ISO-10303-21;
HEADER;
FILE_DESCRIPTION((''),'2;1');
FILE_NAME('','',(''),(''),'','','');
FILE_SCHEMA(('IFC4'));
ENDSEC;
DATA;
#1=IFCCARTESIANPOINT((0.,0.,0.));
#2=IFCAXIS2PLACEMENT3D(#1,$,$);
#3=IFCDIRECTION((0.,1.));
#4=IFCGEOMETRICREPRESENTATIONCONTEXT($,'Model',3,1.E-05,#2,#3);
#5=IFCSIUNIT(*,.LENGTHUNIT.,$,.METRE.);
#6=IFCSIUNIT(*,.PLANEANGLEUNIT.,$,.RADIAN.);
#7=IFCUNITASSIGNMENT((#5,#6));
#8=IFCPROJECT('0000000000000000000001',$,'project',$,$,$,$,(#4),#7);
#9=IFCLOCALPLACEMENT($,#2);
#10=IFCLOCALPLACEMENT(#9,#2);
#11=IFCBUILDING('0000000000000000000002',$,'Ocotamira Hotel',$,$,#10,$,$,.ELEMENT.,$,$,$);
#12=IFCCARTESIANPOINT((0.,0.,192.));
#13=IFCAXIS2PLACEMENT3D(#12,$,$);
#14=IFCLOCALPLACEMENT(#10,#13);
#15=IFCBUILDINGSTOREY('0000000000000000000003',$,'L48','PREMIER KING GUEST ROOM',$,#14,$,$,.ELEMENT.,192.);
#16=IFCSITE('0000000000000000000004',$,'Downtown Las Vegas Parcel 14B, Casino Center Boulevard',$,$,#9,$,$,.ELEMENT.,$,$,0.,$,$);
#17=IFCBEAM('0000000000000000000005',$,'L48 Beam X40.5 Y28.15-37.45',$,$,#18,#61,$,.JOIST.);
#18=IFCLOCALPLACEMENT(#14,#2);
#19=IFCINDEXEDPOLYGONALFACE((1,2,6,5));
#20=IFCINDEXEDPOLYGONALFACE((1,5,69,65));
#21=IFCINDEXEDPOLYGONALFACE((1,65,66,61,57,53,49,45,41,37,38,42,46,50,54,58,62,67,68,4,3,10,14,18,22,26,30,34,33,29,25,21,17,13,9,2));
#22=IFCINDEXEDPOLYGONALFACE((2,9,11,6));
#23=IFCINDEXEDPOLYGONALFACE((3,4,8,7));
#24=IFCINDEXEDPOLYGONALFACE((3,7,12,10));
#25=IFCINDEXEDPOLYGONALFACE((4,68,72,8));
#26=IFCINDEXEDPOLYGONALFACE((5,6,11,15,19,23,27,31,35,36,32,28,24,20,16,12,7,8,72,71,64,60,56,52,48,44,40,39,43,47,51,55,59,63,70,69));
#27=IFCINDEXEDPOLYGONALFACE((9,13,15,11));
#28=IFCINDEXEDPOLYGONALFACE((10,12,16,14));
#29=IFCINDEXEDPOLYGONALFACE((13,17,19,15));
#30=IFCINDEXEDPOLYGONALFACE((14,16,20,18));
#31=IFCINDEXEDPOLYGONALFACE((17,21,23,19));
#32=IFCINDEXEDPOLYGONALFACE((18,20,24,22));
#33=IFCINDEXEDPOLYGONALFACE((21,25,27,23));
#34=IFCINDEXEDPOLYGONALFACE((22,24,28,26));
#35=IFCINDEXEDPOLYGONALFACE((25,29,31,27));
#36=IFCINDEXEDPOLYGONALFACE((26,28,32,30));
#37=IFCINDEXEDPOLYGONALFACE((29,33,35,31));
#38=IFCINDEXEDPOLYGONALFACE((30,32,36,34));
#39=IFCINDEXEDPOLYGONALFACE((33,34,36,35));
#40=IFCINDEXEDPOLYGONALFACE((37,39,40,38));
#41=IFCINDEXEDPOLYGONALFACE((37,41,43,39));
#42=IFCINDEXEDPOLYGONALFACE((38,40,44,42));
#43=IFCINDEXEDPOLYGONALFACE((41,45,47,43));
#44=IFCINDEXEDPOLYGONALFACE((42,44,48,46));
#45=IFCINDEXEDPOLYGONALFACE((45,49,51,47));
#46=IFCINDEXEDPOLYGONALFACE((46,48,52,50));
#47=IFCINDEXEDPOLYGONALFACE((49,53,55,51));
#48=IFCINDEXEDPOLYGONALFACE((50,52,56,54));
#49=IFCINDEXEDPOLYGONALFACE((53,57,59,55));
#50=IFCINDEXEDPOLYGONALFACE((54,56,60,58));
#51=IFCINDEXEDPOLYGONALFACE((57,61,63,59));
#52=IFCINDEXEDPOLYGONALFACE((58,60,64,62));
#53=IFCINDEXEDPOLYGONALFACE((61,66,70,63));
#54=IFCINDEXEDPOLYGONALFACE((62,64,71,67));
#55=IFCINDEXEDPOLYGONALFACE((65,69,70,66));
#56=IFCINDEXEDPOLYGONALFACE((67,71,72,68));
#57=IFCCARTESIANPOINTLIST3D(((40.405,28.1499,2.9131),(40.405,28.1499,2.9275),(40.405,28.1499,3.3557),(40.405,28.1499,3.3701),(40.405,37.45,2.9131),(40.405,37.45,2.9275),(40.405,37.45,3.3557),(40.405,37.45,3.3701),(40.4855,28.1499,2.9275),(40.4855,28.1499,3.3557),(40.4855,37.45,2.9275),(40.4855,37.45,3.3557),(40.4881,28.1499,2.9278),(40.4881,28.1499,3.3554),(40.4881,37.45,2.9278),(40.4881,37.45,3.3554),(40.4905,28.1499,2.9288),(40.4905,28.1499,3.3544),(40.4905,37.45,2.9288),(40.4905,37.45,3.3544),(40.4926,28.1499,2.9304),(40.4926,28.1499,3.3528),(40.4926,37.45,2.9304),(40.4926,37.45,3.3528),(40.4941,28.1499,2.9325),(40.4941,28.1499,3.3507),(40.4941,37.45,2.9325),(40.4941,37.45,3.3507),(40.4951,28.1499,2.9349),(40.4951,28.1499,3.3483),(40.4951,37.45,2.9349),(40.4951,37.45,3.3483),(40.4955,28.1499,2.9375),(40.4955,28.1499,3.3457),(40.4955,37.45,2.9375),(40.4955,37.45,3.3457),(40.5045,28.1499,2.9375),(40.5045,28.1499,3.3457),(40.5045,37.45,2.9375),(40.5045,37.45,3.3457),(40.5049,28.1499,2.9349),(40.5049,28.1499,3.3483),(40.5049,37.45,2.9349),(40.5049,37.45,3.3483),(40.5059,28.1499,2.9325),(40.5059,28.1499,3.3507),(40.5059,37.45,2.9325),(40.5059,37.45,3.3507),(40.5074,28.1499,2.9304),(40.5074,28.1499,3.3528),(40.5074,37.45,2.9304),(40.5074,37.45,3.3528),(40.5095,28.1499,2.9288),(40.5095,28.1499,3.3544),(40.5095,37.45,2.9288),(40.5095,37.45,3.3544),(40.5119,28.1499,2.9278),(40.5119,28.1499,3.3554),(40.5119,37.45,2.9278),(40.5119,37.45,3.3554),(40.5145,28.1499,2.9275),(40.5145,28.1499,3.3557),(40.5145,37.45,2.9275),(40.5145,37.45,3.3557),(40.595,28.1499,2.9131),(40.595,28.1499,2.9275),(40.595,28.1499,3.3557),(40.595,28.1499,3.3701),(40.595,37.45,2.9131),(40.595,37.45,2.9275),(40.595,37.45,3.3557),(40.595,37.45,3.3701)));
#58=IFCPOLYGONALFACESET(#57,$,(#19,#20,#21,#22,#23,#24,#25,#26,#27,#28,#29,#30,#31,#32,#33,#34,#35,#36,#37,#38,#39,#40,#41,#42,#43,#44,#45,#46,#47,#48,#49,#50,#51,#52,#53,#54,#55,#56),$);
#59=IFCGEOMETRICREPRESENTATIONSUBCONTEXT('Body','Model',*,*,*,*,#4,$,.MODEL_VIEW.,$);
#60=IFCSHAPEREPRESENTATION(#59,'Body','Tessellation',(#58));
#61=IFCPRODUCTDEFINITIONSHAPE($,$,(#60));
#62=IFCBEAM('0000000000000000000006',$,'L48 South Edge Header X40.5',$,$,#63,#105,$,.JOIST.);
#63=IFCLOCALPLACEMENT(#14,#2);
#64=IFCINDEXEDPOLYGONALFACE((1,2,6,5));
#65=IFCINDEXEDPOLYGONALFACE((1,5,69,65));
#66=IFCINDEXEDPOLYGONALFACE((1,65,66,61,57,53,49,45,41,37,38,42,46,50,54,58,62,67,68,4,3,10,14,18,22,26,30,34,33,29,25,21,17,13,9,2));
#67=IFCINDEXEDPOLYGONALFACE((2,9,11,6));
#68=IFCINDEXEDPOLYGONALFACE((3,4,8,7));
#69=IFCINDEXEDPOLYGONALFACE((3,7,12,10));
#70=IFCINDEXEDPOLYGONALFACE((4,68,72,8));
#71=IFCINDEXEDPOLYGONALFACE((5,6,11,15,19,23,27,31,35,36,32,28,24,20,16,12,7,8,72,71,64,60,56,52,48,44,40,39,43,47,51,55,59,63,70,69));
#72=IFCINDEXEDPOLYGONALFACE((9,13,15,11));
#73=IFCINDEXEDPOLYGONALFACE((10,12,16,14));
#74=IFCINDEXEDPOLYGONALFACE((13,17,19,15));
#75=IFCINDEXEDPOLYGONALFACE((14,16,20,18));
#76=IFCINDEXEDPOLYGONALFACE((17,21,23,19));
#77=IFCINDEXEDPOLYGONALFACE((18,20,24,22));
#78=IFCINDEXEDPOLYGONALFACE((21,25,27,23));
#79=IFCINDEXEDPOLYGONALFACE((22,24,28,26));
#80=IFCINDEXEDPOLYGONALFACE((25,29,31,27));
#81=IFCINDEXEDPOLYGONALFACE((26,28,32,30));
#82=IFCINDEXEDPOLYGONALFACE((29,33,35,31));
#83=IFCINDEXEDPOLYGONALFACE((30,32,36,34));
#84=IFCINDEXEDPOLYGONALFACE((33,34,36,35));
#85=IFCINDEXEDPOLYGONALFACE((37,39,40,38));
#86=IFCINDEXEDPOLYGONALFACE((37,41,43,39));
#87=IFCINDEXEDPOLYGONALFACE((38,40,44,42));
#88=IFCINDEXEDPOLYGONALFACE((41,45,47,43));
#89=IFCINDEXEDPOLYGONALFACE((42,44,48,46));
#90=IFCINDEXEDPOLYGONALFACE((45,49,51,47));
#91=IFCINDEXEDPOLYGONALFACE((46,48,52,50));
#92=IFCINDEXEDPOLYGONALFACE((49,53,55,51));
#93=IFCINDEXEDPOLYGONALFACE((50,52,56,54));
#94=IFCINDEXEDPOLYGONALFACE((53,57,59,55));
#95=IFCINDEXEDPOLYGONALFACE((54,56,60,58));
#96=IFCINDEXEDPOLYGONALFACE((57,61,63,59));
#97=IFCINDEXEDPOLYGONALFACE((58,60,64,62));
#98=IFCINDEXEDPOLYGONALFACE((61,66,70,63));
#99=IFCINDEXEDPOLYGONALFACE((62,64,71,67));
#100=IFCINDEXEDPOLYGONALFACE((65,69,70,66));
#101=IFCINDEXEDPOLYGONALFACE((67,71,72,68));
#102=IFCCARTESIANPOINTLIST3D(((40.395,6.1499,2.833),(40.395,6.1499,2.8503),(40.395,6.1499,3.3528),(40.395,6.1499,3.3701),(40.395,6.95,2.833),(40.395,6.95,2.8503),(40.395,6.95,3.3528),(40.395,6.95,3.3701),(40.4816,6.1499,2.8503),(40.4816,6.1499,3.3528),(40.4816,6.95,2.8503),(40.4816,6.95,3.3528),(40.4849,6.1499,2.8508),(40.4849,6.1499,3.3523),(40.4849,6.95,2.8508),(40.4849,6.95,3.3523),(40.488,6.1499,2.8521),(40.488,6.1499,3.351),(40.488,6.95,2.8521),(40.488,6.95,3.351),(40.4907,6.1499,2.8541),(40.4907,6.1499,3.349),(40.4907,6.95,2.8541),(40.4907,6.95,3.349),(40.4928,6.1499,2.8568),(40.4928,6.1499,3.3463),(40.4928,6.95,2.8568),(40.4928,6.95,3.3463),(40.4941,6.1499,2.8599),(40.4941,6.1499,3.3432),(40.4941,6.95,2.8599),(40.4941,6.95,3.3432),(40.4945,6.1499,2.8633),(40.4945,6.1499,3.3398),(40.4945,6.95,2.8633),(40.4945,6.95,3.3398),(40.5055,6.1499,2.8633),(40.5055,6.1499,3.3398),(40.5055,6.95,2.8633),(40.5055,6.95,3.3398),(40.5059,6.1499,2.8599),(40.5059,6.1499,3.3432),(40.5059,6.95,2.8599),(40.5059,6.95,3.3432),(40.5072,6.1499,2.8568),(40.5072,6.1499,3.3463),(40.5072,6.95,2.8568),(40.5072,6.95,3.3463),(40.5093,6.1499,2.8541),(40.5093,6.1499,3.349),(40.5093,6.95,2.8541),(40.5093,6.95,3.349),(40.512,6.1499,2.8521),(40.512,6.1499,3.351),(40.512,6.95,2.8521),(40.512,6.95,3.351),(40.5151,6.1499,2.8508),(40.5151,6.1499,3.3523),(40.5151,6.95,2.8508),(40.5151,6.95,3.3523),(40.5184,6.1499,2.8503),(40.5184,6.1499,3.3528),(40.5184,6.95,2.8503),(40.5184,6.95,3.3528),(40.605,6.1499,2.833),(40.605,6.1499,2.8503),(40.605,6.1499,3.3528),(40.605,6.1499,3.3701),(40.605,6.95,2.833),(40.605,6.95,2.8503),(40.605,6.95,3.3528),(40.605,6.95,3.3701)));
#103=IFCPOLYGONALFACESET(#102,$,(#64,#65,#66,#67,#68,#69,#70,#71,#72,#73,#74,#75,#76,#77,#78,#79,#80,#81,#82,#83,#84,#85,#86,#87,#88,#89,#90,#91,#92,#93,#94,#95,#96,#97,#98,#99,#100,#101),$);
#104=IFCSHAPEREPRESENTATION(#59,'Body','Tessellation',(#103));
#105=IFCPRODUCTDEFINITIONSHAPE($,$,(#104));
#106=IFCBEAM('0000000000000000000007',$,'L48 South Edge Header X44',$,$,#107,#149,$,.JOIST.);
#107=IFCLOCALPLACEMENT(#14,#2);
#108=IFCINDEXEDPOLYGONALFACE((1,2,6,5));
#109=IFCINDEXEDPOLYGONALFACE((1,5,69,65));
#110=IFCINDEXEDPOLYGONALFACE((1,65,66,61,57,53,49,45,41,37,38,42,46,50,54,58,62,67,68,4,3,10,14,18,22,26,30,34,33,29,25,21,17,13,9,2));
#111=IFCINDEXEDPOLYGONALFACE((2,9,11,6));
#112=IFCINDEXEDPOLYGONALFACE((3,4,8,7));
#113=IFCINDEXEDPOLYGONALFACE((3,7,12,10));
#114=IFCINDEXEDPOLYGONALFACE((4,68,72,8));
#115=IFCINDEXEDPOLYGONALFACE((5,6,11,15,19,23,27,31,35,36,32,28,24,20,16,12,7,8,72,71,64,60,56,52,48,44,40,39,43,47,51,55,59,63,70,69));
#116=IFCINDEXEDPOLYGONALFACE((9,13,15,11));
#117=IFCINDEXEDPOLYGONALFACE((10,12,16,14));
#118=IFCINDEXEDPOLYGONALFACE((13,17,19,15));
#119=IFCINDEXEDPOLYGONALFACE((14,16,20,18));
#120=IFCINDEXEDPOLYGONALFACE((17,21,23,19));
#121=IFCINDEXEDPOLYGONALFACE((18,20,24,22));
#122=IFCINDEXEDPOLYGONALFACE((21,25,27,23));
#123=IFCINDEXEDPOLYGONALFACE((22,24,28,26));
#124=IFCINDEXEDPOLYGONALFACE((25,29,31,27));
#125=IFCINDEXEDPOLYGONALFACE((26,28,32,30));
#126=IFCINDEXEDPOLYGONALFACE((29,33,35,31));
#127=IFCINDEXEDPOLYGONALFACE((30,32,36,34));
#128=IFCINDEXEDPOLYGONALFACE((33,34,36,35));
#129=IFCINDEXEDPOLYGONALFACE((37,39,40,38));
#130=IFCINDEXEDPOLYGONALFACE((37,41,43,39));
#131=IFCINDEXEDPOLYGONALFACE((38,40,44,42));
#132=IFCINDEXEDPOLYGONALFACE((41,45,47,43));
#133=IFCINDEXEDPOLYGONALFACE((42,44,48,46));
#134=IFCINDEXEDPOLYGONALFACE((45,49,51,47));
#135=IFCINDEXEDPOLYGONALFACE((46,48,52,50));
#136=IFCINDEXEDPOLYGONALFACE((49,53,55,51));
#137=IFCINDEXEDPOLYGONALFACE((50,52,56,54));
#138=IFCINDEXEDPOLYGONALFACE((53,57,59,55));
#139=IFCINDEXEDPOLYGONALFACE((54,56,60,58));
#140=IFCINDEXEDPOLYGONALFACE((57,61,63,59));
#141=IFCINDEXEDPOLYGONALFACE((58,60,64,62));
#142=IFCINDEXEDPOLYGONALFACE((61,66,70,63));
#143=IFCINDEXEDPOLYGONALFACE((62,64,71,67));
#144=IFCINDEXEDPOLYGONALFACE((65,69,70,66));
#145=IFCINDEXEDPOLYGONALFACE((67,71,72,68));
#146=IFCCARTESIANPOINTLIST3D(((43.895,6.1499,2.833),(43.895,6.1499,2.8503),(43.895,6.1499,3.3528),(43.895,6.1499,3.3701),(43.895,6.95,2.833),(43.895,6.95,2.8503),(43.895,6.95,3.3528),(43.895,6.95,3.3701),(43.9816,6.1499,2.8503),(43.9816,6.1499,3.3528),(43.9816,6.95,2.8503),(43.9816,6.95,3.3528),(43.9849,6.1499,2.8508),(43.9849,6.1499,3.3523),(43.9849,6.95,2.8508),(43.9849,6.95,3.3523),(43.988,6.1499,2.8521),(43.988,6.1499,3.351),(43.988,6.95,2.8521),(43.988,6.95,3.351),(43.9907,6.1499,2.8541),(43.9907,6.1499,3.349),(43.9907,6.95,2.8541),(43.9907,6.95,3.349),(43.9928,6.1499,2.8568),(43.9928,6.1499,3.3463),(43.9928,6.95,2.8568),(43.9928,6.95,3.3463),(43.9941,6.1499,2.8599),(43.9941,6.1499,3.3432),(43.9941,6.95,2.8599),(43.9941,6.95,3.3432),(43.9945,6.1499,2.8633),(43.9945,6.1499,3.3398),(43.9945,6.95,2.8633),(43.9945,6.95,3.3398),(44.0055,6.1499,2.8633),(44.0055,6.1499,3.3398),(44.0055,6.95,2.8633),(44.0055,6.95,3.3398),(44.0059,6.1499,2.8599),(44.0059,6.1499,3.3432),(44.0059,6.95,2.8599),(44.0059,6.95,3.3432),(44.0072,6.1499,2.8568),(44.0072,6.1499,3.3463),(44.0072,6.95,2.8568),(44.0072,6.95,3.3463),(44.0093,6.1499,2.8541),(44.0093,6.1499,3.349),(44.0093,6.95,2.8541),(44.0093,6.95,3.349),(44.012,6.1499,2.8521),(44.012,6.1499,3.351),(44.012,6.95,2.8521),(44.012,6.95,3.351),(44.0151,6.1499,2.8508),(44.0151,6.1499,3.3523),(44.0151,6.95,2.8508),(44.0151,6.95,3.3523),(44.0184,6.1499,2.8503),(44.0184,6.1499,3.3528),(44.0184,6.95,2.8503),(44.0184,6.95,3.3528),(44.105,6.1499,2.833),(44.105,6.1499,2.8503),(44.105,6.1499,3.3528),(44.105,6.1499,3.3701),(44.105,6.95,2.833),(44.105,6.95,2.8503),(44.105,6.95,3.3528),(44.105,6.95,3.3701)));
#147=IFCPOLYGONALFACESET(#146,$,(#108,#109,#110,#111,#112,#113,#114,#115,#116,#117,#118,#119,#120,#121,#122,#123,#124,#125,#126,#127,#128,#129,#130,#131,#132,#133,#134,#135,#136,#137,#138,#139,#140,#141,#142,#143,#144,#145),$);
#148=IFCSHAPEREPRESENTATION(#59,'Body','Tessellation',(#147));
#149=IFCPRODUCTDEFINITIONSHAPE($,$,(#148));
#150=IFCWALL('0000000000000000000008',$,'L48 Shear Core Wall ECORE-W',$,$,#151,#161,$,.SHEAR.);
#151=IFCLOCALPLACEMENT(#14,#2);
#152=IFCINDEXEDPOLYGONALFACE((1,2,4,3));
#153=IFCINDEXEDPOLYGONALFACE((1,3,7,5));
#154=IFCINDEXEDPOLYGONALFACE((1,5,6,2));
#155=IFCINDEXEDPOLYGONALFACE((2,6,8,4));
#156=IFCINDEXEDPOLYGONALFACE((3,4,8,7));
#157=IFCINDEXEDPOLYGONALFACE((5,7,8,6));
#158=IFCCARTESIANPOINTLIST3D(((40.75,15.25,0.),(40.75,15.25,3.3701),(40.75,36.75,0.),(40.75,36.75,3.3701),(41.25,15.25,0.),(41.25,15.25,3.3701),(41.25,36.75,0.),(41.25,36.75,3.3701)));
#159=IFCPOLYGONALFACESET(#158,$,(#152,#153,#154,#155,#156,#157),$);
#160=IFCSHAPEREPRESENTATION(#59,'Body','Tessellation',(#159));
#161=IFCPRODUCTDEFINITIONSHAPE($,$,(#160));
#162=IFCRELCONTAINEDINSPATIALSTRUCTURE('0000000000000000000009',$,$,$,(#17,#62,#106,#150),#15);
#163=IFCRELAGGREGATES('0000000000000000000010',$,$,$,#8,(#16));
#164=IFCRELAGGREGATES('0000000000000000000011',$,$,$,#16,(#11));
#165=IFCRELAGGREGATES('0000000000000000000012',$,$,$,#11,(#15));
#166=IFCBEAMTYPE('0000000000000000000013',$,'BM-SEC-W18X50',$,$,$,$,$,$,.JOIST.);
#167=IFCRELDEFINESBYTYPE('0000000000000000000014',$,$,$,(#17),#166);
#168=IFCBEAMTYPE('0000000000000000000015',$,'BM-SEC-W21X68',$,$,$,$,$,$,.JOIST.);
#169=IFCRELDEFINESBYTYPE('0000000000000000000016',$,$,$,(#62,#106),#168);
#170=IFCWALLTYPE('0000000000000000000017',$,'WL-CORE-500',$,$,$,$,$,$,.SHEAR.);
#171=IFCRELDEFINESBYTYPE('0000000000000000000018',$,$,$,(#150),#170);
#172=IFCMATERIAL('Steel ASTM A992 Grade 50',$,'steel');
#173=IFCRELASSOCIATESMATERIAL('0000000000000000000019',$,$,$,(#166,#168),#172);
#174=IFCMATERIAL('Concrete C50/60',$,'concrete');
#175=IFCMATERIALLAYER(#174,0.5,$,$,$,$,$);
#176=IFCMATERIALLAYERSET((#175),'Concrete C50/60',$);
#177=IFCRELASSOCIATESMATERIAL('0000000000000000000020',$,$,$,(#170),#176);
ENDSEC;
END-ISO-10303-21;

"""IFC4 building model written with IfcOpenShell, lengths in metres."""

from ifc_helpers import new_model, si_unit, direction, frame, frame_2d, origin, origin_2d, place, context, subcontext, project, spatial, rectangle, i_section, extrude, source, transform, mapped, material, layer, layer_set, material_profile, profile_set, type_object, element, save


model = new_model("IFC4")

# Units and contexts
model_context = context("Model", 3, precision=1e-05, world=origin(), true_north=direction((0.0, 1.0)))
body_context = subcontext(model_context, "Body", "Model", "MODEL_VIEW")
ifc_project = project(units=[si_unit("LENGTHUNIT", "METRE"), si_unit("PLANEANGLEUNIT", "RADIAN")], contexts=[model_context])

# Site, building, storey
site_placement = place(None, origin())
site = spatial("IfcSite", under=ifc_project, at=site_placement, Name="Downtown Las Vegas Parcel 14B, Casino Center Boulevard", CompositionType="ELEMENT", RefElevation=0.0)
building_placement = place(site_placement, origin())
building = spatial("IfcBuilding", under=site, at=building_placement, Name="Ocotamira Hotel", CompositionType="ELEMENT")
storey_placement = place(building_placement, frame((0.0, 0.0, 192.0)))
storey = spatial("IfcBuildingStorey", under=building, at=storey_placement, Name="L48", Description="PREMIER KING GUEST ROOM", CompositionType="ELEMENT", Elevation=192.0)

# Beams
ifc_material_1 = material(Name="Steel ASTM A992 Grade 50", Category="steel")
ifc_material_profile_1 = material_profile(ifc_material_1, i_section(OverallWidth=0.1899, OverallDepth=0.457, WebThickness=0.009, FlangeThickness=0.0144, FilletRadius=0.01, at=origin_2d()), Name="W18X50")
ifc_profile_set_1 = profile_set([ifc_material_profile_1], Name="Steel ASTM A992 Grade 50")
beam_type_1 = type_object("IfcBeamType", Name="BM-SEC-W18X50", PredefinedType="JOIST", material=ifc_profile_set_1)
shared_shape_1 = source(origin(), body_context, "Body", "SweptSolid", [
    extrude(i_section(OverallWidth=0.1899, OverallDepth=0.457, WebThickness=0.009, FlangeThickness=0.0144, FilletRadius=0.01, at=origin_2d()), origin(), (0.0, 0.0, 1.0), 9.3),
])
beam_1_placement = place(storey_placement, frame((40.5, 28.1499, 3.1416), z_axis=(0.0, 1.0, 0.0), x_axis=(-1.0, 0.0, 0.0)))
element("IfcBeam", 1, at=beam_1_placement, inside=storey, type_object=beam_type_1, Name="L48 Beam X40.5 Y28.15-37.45", PredefinedType="JOIST", context=body_context, shape_type="MappedRepresentation", body=[
    mapped(shared_shape_1, transform((0.0, 0.0, 0.0), scale=1.0)),
])
ifc_material_profile_2 = material_profile(ifc_material_1, i_section(OverallWidth=0.21, OverallDepth=0.5371, WebThickness=0.011, FlangeThickness=0.0173, FilletRadius=0.0129, at=origin_2d()), Name="W21X68")
ifc_profile_set_2 = profile_set([ifc_material_profile_2], Name="Steel ASTM A992 Grade 50")
beam_type_2 = type_object("IfcBeamType", Name="BM-SEC-W21X68", PredefinedType="JOIST", material=ifc_profile_set_2)
shared_shape_2 = source(origin(), body_context, "Body", "SweptSolid", [
    extrude(i_section(OverallWidth=0.21, OverallDepth=0.5371, WebThickness=0.011, FlangeThickness=0.0173, FilletRadius=0.0129, at=origin_2d()), origin(), (0.0, 0.0, 1.0), 0.8),
])
for number, where, z_axis, x_axis, name in (
    (2, (40.5, 6.95, 3.1016), (0.0, -1.0, 0.0), (1.0, 0.0, 0.0), "L48 South Edge Header X40.5"),
    (3, (44.0, 6.95, 3.1016), (0.0, -1.0, 0.0), (1.0, 0.0, 0.0), "L48 South Edge Header X44"),
):
    element("IfcBeam", number, at=place(storey_placement, frame(where, z_axis=z_axis, x_axis=x_axis)), inside=storey, type_object=beam_type_2, Name=name, PredefinedType="JOIST", context=body_context, shape_type="MappedRepresentation", body=[
        mapped(shared_shape_2, transform((0.0, 0.0, 0.0), scale=1.0)),
    ])

# Shared definitions
ifc_material_2 = material(Name="Concrete C50/60", Category="concrete")
ifc_layer_1 = layer(ifc_material_2, 0.5)
ifc_layer_set_1 = layer_set([ifc_layer_1], Name="Concrete C50/60")
wall_type_1 = type_object("IfcWallType", Name="WL-CORE-500", PredefinedType="SHEAR", material=ifc_layer_set_1)

# Wall
wall_1_placement = place(storey_placement, frame((41.0, 15.25, 0.0), z_axis=(0.0, 0.0, 1.0), x_axis=(0.0, 1.0, 0.0)))
element("IfcWall", 4, at=wall_1_placement, inside=storey, type_object=wall_type_1, Name="L48 Shear Core Wall ECORE-W", PredefinedType="SHEAR", context=body_context, shape_type="SweptSolid", body=[
    extrude(rectangle(XDim=21.5, YDim=0.5, at=frame_2d((10.75, 0.0))), origin(), (0.0, 0.0, 1.0), 3.3701),
])

save(model, "model.ifc")
